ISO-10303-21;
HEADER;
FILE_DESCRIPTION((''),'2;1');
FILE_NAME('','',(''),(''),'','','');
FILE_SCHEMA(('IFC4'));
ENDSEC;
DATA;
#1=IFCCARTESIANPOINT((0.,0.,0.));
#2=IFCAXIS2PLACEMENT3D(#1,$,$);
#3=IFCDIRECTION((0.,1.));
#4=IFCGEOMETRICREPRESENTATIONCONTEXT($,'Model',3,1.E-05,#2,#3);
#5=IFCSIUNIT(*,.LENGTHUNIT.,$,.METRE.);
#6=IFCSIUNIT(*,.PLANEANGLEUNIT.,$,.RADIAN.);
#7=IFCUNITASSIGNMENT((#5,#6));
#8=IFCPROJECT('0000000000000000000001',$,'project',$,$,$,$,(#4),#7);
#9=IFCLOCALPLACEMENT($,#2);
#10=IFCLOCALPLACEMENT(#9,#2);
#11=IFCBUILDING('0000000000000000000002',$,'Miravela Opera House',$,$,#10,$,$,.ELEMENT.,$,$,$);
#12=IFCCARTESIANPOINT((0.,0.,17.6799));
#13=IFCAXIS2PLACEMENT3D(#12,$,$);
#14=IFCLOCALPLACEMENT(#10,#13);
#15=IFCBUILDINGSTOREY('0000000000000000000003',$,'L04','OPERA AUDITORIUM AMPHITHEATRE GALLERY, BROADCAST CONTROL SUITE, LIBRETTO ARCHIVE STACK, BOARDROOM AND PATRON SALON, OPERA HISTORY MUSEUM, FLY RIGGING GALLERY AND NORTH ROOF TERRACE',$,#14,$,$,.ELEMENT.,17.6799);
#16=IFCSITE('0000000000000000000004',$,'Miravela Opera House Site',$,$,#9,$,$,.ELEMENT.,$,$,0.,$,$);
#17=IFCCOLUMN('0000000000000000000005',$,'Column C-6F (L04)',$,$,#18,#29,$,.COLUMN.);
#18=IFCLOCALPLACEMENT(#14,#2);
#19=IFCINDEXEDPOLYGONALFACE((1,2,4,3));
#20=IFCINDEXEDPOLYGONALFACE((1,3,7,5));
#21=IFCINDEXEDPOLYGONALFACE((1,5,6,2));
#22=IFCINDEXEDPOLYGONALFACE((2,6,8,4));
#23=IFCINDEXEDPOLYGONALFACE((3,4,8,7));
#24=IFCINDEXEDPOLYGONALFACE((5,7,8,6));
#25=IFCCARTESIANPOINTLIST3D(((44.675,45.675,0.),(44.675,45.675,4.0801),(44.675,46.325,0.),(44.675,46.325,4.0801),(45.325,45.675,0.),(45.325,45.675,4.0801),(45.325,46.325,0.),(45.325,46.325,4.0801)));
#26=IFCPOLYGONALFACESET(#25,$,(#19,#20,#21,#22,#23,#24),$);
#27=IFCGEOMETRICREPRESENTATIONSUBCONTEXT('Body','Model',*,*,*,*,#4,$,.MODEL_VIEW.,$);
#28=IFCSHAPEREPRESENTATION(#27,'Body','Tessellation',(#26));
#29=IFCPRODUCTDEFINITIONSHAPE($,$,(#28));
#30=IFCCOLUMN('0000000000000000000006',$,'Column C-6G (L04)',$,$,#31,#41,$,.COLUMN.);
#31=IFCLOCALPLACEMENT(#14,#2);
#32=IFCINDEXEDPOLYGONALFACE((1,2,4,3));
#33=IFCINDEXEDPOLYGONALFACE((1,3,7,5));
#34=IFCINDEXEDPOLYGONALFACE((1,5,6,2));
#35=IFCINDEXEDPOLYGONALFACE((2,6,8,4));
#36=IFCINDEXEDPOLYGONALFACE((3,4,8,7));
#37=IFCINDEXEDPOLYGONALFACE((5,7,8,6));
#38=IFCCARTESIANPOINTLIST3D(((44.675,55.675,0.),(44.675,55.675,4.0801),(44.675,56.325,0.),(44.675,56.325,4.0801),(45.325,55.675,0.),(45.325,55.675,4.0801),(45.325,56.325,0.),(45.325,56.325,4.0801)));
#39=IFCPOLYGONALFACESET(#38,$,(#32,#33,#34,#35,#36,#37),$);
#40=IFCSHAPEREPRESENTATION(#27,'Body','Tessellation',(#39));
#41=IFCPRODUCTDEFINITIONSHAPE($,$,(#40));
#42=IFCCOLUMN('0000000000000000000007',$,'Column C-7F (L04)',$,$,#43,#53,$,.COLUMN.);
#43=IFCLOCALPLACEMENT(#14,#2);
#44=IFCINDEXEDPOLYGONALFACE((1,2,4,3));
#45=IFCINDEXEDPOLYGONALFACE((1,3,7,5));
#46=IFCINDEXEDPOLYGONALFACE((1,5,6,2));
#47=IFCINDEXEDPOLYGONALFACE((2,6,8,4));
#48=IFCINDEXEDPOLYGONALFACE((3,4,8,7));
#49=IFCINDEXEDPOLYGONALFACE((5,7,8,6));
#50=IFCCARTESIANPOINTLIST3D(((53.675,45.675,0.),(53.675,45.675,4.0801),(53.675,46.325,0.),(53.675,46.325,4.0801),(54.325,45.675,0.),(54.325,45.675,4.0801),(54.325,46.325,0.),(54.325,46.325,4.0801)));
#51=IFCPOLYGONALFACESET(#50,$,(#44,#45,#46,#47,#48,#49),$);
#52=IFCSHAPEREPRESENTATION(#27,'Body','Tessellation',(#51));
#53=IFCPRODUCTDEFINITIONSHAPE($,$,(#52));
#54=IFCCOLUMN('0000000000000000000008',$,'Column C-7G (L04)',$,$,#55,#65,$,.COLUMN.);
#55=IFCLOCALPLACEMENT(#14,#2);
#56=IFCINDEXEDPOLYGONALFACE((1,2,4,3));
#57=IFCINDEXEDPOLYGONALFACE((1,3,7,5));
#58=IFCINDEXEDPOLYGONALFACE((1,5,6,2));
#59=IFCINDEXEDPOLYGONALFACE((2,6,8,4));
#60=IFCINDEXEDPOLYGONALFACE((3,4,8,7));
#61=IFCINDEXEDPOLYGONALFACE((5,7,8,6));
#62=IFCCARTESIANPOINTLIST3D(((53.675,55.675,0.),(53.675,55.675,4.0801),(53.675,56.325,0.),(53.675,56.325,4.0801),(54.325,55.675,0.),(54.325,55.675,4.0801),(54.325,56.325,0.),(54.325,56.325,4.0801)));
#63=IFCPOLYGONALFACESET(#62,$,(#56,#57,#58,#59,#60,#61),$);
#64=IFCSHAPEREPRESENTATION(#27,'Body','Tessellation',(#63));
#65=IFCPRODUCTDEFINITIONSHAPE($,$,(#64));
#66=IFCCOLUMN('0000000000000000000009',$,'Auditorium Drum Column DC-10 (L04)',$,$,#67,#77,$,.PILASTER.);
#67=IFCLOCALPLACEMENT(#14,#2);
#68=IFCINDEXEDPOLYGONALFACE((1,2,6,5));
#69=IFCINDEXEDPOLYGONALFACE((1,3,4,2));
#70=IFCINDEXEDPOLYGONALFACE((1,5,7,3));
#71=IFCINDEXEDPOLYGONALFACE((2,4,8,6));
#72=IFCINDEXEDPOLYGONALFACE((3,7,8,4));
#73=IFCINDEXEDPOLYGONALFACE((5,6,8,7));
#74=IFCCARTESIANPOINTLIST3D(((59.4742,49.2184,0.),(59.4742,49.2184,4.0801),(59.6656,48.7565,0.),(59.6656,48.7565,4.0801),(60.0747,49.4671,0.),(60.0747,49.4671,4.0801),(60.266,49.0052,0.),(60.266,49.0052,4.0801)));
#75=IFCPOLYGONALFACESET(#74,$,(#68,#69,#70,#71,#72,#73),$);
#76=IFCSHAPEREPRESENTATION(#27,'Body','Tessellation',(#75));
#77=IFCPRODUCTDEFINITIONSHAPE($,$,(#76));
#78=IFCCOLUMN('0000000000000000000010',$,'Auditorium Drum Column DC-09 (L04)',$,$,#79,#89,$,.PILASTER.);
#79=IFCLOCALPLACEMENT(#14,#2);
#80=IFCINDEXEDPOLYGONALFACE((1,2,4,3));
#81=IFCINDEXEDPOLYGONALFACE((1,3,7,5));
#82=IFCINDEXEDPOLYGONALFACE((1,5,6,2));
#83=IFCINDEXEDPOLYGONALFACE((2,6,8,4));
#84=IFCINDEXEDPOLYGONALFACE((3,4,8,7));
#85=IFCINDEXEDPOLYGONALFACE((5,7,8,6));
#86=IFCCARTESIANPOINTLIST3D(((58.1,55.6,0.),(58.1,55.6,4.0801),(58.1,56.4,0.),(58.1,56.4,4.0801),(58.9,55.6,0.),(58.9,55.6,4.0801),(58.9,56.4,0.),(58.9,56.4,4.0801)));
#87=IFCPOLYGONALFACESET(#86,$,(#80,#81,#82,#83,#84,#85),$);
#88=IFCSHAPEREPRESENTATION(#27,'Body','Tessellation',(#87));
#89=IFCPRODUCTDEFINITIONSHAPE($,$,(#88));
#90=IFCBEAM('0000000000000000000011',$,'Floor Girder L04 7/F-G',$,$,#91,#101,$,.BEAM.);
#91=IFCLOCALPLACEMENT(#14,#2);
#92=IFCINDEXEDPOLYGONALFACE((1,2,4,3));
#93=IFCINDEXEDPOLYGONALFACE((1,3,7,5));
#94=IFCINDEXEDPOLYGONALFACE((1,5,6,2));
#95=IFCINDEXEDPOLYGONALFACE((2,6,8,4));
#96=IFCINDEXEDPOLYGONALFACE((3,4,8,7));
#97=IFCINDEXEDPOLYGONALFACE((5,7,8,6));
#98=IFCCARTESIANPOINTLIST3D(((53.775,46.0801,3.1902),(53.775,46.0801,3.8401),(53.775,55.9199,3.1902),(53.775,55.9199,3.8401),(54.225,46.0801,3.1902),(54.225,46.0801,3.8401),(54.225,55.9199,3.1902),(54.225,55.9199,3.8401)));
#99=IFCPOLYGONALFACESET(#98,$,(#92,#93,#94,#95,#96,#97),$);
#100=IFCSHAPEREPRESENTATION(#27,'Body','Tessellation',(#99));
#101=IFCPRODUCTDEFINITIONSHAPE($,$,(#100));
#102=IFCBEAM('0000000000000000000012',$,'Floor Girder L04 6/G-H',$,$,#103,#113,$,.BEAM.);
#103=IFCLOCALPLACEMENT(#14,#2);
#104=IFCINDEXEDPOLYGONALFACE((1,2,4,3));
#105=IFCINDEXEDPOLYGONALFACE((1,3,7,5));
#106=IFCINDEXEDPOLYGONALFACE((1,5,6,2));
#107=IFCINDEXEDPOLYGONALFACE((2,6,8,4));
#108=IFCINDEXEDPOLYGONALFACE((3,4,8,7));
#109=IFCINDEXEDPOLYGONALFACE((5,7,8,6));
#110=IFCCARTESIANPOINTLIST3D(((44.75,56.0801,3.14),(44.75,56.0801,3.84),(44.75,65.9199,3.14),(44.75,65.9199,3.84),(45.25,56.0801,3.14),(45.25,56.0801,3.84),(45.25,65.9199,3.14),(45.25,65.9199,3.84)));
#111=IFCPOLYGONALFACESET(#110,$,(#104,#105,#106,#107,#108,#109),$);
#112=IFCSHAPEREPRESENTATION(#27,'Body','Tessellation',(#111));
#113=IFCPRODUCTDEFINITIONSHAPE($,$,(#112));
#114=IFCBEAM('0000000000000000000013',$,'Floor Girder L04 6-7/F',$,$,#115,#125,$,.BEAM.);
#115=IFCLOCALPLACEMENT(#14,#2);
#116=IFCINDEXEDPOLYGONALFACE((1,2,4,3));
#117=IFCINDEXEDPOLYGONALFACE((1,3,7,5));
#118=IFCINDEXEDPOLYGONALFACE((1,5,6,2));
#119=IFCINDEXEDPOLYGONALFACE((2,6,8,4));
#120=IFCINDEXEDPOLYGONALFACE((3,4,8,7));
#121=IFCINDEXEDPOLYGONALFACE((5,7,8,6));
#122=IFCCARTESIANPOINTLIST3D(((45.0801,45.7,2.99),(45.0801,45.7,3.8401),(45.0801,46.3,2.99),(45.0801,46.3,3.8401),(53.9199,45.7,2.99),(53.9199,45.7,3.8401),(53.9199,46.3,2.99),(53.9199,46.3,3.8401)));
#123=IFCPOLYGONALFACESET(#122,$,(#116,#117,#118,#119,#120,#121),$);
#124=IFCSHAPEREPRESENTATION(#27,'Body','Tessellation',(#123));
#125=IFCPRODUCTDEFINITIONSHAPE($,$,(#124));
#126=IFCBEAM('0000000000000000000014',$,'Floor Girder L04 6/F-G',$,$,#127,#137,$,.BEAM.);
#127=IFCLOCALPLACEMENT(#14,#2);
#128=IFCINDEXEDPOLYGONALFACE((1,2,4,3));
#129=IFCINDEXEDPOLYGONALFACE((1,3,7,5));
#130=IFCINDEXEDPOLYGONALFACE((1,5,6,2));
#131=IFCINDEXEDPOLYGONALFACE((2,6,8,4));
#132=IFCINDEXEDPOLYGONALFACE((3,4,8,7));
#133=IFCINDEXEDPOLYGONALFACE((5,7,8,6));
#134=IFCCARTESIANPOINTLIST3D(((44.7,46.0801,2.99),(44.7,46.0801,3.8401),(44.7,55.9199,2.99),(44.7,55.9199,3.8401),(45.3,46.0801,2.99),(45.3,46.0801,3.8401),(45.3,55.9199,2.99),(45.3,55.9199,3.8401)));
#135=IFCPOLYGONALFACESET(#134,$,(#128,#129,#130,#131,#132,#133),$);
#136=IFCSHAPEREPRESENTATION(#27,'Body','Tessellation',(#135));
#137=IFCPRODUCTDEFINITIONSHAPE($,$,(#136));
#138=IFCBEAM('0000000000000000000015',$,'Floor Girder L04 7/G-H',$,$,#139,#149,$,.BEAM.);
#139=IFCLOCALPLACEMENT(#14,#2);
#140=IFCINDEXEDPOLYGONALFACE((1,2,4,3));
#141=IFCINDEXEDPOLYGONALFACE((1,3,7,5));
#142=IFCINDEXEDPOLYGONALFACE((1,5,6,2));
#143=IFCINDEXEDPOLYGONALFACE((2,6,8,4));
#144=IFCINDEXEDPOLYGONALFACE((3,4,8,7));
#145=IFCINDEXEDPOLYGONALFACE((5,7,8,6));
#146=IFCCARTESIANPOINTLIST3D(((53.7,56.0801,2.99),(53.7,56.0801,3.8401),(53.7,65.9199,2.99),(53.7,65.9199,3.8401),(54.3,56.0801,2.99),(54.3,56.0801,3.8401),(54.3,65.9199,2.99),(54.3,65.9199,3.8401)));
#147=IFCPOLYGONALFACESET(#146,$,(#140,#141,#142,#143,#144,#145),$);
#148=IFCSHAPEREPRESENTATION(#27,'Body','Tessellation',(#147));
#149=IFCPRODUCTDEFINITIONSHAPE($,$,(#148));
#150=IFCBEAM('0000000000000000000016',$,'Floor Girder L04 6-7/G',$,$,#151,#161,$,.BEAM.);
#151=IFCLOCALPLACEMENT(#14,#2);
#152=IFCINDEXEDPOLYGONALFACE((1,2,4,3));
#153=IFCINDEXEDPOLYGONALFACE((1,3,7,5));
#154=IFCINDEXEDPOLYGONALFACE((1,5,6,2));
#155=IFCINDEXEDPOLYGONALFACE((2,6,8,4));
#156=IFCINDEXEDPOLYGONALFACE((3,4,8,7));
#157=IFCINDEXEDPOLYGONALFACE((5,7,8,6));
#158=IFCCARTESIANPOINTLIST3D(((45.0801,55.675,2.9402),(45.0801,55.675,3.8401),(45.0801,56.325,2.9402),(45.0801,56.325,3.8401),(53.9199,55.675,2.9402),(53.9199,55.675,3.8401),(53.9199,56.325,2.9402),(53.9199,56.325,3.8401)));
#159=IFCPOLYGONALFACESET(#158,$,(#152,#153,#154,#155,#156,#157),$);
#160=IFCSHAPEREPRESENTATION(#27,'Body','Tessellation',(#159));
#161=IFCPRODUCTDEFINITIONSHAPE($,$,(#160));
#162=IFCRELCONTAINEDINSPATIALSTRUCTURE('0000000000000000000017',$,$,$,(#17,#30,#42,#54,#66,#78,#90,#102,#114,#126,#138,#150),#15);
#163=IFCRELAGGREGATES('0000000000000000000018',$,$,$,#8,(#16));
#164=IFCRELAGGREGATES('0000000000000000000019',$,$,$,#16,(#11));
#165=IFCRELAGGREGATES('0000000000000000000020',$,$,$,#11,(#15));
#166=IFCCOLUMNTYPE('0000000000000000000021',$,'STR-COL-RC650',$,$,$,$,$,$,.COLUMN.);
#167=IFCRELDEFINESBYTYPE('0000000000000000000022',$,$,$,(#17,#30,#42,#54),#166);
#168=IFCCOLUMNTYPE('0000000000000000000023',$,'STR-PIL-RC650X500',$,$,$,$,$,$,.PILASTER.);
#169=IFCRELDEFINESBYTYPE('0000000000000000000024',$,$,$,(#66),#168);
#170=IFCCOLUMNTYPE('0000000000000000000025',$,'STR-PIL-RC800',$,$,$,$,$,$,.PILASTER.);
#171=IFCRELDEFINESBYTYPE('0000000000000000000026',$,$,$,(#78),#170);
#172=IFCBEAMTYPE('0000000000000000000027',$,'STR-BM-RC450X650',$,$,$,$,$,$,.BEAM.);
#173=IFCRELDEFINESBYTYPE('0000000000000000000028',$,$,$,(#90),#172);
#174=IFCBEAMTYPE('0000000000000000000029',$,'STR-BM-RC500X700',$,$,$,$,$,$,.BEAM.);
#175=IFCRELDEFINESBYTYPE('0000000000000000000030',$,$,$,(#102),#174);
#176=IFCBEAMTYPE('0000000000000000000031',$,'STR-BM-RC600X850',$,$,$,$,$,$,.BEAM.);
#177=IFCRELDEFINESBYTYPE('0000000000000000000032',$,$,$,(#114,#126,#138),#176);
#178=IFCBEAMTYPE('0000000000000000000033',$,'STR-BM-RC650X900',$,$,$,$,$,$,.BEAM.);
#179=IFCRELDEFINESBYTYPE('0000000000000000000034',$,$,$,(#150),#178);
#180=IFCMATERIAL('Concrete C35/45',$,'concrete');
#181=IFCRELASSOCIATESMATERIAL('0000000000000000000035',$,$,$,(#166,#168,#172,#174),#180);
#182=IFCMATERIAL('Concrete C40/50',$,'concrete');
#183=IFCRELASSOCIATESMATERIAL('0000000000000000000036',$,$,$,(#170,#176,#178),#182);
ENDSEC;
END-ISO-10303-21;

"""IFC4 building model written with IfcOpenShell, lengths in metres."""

from ifc_helpers import new_model, si_unit, direction, frame, origin, origin_2d, place, context, subcontext, project, spatial, rectangle, extrude, material, material_profile, profile_set, type_object, element, save


model = new_model("IFC4")

# Units and contexts
model_context = context("Model", 3, precision=1e-05, world=origin(), true_north=direction((0.0, 1.0)))
body_context = subcontext(model_context, "Body", "Model", "MODEL_VIEW")
ifc_project = project(units=[si_unit("LENGTHUNIT", "METRE"), si_unit("PLANEANGLEUNIT", "RADIAN")], contexts=[model_context])

# Site, building, storey
site_placement = place(None, origin())
site = spatial("IfcSite", under=ifc_project, at=site_placement, Name="Miravela Opera House Site", CompositionType="ELEMENT", RefElevation=0.0)
building_placement = place(site_placement, origin())
building = spatial("IfcBuilding", under=site, at=building_placement, Name="Miravela Opera House", CompositionType="ELEMENT")
storey_placement = place(building_placement, frame((0.0, 0.0, 17.6799)))
storey = spatial("IfcBuildingStorey", under=building, at=storey_placement, Name="L04", Description="OPERA AUDITORIUM AMPHITHEATRE GALLERY, BROADCAST CONTROL SUITE, LIBRETTO ARCHIVE STACK, BOARDROOM AND PATRON SALON, OPERA HISTORY MUSEUM, FLY RIGGING GALLERY AND NORTH ROOF TERRACE", CompositionType="ELEMENT", Elevation=17.6799)

# Columns
ifc_material_1 = material(Name="Concrete C35/45", Category="concrete")
ifc_material_profile_1 = material_profile(ifc_material_1, rectangle(XDim=0.6499, YDim=0.6499, at=origin_2d()), Name="RC-COL-650X650")
ifc_profile_set_1 = profile_set([ifc_material_profile_1])
column_type_1 = type_object("IfcColumnType", Name="STR-COL-RC650", PredefinedType="COLUMN", material=ifc_profile_set_1)
for number, where, z_axis, x_axis, name in (
    (1, (45.0, 46.0, 0.0), (0.0, 0.0, 1.0), (1.0, 0.0, 0.0), "Column C-6F (L04)"),
    (2, (45.0, 56.0, 0.0), (0.0, 0.0, 1.0), (1.0, 0.0, 0.0), "Column C-6G (L04)"),
    (3, (54.0, 46.0, 0.0), (0.0, 0.0, 1.0), (1.0, 0.0, 0.0), "Column C-7F (L04)"),
    (4, (54.0, 56.0, 0.0), (0.0, 0.0, 1.0), (1.0, 0.0, 0.0), "Column C-7G (L04)"),
):
    element("IfcColumn", number, at=place(storey_placement, frame(where, z_axis=z_axis, x_axis=x_axis)), inside=storey, type_object=column_type_1, Name=name, PredefinedType="COLUMN", context=body_context, shape_type="SweptSolid", body=[
        extrude(rectangle(XDim=0.6499, YDim=0.6499, at=origin_2d()), origin(), (0.0, 0.0, 1.0), 4.0801),
    ])
ifc_material_profile_2 = material_profile(ifc_material_1, rectangle(XDim=0.6499, YDim=0.5, at=origin_2d()), Name="RC-PIL-650X500")
ifc_profile_set_2 = profile_set([ifc_material_profile_2])
column_type_2 = type_object("IfcColumnType", Name="STR-PIL-RC650X500", PredefinedType="PILASTER", material=ifc_profile_set_2)
column_1_placement = place(storey_placement, frame((59.8701, 49.1118, 0.0), z_axis=(0.0, 0.0, 1.0), x_axis=(-0.92388, -0.382683, 0.0)))
element("IfcColumn", 5, at=column_1_placement, inside=storey, type_object=column_type_2, Name="Auditorium Drum Column DC-10 (L04)", PredefinedType="PILASTER", context=body_context, shape_type="SweptSolid", body=[
    extrude(rectangle(XDim=0.6499, YDim=0.5, at=origin_2d()), origin(), (0.0, 0.0, 1.0), 4.0801),
])
ifc_material_2 = material(Name="Concrete C40/50", Category="concrete")
ifc_material_profile_3 = material_profile(ifc_material_2, rectangle(XDim=0.8, YDim=0.8, at=origin_2d()), Name="RC-COL-800X800")
ifc_profile_set_3 = profile_set([ifc_material_profile_3])
column_type_3 = type_object("IfcColumnType", Name="STR-PIL-RC800", PredefinedType="PILASTER", material=ifc_profile_set_3)
column_2_placement = place(storey_placement, frame((58.5, 56.0, 0.0), z_axis=(0.0, 0.0, 1.0), x_axis=(-1.0, 0.0, 0.0)))
element("IfcColumn", 6, at=column_2_placement, inside=storey, type_object=column_type_3, Name="Auditorium Drum Column DC-09 (L04)", PredefinedType="PILASTER", context=body_context, shape_type="SweptSolid", body=[
    extrude(rectangle(XDim=0.8, YDim=0.8, at=origin_2d()), origin(), (0.0, 0.0, 1.0), 4.0801),
])

# Beams
ifc_material_profile_4 = material_profile(ifc_material_1, rectangle(XDim=0.45, YDim=0.6499, at=origin_2d()), Name="RC-BM-450X650")
ifc_profile_set_4 = profile_set([ifc_material_profile_4])
beam_type_1 = type_object("IfcBeamType", Name="STR-BM-RC450X650", PredefinedType="BEAM", material=ifc_profile_set_4)
beam_1_placement = place(storey_placement, frame((54.0, 46.0801, 3.5151), z_axis=(0.0, 1.0, 0.0), x_axis=(-1.0, 0.0, 0.0)))
element("IfcBeam", 7, at=beam_1_placement, inside=storey, type_object=beam_type_1, Name="Floor Girder L04 7/F-G", PredefinedType="BEAM", context=body_context, shape_type="SweptSolid", body=[
    extrude(rectangle(XDim=0.45, YDim=0.6499, at=origin_2d()), origin(), (0.0, 0.0, 1.0), 9.8398),
])
ifc_material_profile_5 = material_profile(ifc_material_1, rectangle(XDim=0.5, YDim=0.7, at=origin_2d()), Name="RC-BM-500X700")
ifc_profile_set_5 = profile_set([ifc_material_profile_5])
beam_type_2 = type_object("IfcBeamType", Name="STR-BM-RC500X700", PredefinedType="BEAM", material=ifc_profile_set_5)
beam_2_placement = place(storey_placement, frame((45.0, 56.0801, 3.49), z_axis=(0.0, 1.0, 0.0), x_axis=(-1.0, 0.0, 0.0)))
element("IfcBeam", 8, at=beam_2_placement, inside=storey, type_object=beam_type_2, Name="Floor Girder L04 6/G-H", PredefinedType="BEAM", context=body_context, shape_type="SweptSolid", body=[
    extrude(rectangle(XDim=0.5, YDim=0.7, at=origin_2d()), origin(), (0.0, 0.0, 1.0), 9.8398),
])
ifc_material_profile_6 = material_profile(ifc_material_2, rectangle(XDim=0.6001, YDim=0.8501, at=origin_2d()), Name="RC-BM-600X850")
ifc_profile_set_6 = profile_set([ifc_material_profile_6])
beam_type_3 = type_object("IfcBeamType", Name="STR-BM-RC600X850", PredefinedType="BEAM", material=ifc_profile_set_6)
beam_3_placement = place(storey_placement, frame((45.0801, 46.0, 3.415), z_axis=(1.0, 0.0, 0.0), x_axis=(0.0, 1.0, 0.0)))
element("IfcBeam", 9, at=beam_3_placement, inside=storey, type_object=beam_type_3, Name="Floor Girder L04 6-7/F", PredefinedType="BEAM", context=body_context, shape_type="SweptSolid", body=[
    extrude(rectangle(XDim=0.6001, YDim=0.8501, at=origin_2d()), origin(), (0.0, 0.0, 1.0), 8.8398),
])
for number, where, z_axis, x_axis, name in (
    (10, (45.0, 46.0801, 3.415), (0.0, 1.0, 0.0), (-1.0, 0.0, 0.0), "Floor Girder L04 6/F-G"),
    (11, (54.0, 56.0801, 3.415), (0.0, 1.0, 0.0), (-1.0, 0.0, 0.0), "Floor Girder L04 7/G-H"),
):
    element("IfcBeam", number, at=place(storey_placement, frame(where, z_axis=z_axis, x_axis=x_axis)), inside=storey, type_object=beam_type_3, Name=name, PredefinedType="BEAM", context=body_context, shape_type="SweptSolid", body=[
        extrude(rectangle(XDim=0.6001, YDim=0.8501, at=origin_2d()), origin(), (0.0, 0.0, 1.0), 9.8398),
    ])
ifc_material_profile_7 = material_profile(ifc_material_2, rectangle(XDim=0.6499, YDim=0.8999, at=origin_2d()), Name="RC-BM-650X900")
ifc_profile_set_7 = profile_set([ifc_material_profile_7])
beam_type_4 = type_object("IfcBeamType", Name="STR-BM-RC650X900", PredefinedType="BEAM", material=ifc_profile_set_7)
beam_4_placement = place(storey_placement, frame((45.0801, 56.0, 3.3901), z_axis=(1.0, 0.0, 0.0), x_axis=(0.0, 1.0, 0.0)))
element("IfcBeam", 12, at=beam_4_placement, inside=storey, type_object=beam_type_4, Name="Floor Girder L04 6-7/G", PredefinedType="BEAM", context=body_context, shape_type="SweptSolid", body=[
    extrude(rectangle(XDim=0.6499, YDim=0.8999, at=origin_2d()), origin(), (0.0, 0.0, 1.0), 8.8398),
])

save(model, "model.ifc")
